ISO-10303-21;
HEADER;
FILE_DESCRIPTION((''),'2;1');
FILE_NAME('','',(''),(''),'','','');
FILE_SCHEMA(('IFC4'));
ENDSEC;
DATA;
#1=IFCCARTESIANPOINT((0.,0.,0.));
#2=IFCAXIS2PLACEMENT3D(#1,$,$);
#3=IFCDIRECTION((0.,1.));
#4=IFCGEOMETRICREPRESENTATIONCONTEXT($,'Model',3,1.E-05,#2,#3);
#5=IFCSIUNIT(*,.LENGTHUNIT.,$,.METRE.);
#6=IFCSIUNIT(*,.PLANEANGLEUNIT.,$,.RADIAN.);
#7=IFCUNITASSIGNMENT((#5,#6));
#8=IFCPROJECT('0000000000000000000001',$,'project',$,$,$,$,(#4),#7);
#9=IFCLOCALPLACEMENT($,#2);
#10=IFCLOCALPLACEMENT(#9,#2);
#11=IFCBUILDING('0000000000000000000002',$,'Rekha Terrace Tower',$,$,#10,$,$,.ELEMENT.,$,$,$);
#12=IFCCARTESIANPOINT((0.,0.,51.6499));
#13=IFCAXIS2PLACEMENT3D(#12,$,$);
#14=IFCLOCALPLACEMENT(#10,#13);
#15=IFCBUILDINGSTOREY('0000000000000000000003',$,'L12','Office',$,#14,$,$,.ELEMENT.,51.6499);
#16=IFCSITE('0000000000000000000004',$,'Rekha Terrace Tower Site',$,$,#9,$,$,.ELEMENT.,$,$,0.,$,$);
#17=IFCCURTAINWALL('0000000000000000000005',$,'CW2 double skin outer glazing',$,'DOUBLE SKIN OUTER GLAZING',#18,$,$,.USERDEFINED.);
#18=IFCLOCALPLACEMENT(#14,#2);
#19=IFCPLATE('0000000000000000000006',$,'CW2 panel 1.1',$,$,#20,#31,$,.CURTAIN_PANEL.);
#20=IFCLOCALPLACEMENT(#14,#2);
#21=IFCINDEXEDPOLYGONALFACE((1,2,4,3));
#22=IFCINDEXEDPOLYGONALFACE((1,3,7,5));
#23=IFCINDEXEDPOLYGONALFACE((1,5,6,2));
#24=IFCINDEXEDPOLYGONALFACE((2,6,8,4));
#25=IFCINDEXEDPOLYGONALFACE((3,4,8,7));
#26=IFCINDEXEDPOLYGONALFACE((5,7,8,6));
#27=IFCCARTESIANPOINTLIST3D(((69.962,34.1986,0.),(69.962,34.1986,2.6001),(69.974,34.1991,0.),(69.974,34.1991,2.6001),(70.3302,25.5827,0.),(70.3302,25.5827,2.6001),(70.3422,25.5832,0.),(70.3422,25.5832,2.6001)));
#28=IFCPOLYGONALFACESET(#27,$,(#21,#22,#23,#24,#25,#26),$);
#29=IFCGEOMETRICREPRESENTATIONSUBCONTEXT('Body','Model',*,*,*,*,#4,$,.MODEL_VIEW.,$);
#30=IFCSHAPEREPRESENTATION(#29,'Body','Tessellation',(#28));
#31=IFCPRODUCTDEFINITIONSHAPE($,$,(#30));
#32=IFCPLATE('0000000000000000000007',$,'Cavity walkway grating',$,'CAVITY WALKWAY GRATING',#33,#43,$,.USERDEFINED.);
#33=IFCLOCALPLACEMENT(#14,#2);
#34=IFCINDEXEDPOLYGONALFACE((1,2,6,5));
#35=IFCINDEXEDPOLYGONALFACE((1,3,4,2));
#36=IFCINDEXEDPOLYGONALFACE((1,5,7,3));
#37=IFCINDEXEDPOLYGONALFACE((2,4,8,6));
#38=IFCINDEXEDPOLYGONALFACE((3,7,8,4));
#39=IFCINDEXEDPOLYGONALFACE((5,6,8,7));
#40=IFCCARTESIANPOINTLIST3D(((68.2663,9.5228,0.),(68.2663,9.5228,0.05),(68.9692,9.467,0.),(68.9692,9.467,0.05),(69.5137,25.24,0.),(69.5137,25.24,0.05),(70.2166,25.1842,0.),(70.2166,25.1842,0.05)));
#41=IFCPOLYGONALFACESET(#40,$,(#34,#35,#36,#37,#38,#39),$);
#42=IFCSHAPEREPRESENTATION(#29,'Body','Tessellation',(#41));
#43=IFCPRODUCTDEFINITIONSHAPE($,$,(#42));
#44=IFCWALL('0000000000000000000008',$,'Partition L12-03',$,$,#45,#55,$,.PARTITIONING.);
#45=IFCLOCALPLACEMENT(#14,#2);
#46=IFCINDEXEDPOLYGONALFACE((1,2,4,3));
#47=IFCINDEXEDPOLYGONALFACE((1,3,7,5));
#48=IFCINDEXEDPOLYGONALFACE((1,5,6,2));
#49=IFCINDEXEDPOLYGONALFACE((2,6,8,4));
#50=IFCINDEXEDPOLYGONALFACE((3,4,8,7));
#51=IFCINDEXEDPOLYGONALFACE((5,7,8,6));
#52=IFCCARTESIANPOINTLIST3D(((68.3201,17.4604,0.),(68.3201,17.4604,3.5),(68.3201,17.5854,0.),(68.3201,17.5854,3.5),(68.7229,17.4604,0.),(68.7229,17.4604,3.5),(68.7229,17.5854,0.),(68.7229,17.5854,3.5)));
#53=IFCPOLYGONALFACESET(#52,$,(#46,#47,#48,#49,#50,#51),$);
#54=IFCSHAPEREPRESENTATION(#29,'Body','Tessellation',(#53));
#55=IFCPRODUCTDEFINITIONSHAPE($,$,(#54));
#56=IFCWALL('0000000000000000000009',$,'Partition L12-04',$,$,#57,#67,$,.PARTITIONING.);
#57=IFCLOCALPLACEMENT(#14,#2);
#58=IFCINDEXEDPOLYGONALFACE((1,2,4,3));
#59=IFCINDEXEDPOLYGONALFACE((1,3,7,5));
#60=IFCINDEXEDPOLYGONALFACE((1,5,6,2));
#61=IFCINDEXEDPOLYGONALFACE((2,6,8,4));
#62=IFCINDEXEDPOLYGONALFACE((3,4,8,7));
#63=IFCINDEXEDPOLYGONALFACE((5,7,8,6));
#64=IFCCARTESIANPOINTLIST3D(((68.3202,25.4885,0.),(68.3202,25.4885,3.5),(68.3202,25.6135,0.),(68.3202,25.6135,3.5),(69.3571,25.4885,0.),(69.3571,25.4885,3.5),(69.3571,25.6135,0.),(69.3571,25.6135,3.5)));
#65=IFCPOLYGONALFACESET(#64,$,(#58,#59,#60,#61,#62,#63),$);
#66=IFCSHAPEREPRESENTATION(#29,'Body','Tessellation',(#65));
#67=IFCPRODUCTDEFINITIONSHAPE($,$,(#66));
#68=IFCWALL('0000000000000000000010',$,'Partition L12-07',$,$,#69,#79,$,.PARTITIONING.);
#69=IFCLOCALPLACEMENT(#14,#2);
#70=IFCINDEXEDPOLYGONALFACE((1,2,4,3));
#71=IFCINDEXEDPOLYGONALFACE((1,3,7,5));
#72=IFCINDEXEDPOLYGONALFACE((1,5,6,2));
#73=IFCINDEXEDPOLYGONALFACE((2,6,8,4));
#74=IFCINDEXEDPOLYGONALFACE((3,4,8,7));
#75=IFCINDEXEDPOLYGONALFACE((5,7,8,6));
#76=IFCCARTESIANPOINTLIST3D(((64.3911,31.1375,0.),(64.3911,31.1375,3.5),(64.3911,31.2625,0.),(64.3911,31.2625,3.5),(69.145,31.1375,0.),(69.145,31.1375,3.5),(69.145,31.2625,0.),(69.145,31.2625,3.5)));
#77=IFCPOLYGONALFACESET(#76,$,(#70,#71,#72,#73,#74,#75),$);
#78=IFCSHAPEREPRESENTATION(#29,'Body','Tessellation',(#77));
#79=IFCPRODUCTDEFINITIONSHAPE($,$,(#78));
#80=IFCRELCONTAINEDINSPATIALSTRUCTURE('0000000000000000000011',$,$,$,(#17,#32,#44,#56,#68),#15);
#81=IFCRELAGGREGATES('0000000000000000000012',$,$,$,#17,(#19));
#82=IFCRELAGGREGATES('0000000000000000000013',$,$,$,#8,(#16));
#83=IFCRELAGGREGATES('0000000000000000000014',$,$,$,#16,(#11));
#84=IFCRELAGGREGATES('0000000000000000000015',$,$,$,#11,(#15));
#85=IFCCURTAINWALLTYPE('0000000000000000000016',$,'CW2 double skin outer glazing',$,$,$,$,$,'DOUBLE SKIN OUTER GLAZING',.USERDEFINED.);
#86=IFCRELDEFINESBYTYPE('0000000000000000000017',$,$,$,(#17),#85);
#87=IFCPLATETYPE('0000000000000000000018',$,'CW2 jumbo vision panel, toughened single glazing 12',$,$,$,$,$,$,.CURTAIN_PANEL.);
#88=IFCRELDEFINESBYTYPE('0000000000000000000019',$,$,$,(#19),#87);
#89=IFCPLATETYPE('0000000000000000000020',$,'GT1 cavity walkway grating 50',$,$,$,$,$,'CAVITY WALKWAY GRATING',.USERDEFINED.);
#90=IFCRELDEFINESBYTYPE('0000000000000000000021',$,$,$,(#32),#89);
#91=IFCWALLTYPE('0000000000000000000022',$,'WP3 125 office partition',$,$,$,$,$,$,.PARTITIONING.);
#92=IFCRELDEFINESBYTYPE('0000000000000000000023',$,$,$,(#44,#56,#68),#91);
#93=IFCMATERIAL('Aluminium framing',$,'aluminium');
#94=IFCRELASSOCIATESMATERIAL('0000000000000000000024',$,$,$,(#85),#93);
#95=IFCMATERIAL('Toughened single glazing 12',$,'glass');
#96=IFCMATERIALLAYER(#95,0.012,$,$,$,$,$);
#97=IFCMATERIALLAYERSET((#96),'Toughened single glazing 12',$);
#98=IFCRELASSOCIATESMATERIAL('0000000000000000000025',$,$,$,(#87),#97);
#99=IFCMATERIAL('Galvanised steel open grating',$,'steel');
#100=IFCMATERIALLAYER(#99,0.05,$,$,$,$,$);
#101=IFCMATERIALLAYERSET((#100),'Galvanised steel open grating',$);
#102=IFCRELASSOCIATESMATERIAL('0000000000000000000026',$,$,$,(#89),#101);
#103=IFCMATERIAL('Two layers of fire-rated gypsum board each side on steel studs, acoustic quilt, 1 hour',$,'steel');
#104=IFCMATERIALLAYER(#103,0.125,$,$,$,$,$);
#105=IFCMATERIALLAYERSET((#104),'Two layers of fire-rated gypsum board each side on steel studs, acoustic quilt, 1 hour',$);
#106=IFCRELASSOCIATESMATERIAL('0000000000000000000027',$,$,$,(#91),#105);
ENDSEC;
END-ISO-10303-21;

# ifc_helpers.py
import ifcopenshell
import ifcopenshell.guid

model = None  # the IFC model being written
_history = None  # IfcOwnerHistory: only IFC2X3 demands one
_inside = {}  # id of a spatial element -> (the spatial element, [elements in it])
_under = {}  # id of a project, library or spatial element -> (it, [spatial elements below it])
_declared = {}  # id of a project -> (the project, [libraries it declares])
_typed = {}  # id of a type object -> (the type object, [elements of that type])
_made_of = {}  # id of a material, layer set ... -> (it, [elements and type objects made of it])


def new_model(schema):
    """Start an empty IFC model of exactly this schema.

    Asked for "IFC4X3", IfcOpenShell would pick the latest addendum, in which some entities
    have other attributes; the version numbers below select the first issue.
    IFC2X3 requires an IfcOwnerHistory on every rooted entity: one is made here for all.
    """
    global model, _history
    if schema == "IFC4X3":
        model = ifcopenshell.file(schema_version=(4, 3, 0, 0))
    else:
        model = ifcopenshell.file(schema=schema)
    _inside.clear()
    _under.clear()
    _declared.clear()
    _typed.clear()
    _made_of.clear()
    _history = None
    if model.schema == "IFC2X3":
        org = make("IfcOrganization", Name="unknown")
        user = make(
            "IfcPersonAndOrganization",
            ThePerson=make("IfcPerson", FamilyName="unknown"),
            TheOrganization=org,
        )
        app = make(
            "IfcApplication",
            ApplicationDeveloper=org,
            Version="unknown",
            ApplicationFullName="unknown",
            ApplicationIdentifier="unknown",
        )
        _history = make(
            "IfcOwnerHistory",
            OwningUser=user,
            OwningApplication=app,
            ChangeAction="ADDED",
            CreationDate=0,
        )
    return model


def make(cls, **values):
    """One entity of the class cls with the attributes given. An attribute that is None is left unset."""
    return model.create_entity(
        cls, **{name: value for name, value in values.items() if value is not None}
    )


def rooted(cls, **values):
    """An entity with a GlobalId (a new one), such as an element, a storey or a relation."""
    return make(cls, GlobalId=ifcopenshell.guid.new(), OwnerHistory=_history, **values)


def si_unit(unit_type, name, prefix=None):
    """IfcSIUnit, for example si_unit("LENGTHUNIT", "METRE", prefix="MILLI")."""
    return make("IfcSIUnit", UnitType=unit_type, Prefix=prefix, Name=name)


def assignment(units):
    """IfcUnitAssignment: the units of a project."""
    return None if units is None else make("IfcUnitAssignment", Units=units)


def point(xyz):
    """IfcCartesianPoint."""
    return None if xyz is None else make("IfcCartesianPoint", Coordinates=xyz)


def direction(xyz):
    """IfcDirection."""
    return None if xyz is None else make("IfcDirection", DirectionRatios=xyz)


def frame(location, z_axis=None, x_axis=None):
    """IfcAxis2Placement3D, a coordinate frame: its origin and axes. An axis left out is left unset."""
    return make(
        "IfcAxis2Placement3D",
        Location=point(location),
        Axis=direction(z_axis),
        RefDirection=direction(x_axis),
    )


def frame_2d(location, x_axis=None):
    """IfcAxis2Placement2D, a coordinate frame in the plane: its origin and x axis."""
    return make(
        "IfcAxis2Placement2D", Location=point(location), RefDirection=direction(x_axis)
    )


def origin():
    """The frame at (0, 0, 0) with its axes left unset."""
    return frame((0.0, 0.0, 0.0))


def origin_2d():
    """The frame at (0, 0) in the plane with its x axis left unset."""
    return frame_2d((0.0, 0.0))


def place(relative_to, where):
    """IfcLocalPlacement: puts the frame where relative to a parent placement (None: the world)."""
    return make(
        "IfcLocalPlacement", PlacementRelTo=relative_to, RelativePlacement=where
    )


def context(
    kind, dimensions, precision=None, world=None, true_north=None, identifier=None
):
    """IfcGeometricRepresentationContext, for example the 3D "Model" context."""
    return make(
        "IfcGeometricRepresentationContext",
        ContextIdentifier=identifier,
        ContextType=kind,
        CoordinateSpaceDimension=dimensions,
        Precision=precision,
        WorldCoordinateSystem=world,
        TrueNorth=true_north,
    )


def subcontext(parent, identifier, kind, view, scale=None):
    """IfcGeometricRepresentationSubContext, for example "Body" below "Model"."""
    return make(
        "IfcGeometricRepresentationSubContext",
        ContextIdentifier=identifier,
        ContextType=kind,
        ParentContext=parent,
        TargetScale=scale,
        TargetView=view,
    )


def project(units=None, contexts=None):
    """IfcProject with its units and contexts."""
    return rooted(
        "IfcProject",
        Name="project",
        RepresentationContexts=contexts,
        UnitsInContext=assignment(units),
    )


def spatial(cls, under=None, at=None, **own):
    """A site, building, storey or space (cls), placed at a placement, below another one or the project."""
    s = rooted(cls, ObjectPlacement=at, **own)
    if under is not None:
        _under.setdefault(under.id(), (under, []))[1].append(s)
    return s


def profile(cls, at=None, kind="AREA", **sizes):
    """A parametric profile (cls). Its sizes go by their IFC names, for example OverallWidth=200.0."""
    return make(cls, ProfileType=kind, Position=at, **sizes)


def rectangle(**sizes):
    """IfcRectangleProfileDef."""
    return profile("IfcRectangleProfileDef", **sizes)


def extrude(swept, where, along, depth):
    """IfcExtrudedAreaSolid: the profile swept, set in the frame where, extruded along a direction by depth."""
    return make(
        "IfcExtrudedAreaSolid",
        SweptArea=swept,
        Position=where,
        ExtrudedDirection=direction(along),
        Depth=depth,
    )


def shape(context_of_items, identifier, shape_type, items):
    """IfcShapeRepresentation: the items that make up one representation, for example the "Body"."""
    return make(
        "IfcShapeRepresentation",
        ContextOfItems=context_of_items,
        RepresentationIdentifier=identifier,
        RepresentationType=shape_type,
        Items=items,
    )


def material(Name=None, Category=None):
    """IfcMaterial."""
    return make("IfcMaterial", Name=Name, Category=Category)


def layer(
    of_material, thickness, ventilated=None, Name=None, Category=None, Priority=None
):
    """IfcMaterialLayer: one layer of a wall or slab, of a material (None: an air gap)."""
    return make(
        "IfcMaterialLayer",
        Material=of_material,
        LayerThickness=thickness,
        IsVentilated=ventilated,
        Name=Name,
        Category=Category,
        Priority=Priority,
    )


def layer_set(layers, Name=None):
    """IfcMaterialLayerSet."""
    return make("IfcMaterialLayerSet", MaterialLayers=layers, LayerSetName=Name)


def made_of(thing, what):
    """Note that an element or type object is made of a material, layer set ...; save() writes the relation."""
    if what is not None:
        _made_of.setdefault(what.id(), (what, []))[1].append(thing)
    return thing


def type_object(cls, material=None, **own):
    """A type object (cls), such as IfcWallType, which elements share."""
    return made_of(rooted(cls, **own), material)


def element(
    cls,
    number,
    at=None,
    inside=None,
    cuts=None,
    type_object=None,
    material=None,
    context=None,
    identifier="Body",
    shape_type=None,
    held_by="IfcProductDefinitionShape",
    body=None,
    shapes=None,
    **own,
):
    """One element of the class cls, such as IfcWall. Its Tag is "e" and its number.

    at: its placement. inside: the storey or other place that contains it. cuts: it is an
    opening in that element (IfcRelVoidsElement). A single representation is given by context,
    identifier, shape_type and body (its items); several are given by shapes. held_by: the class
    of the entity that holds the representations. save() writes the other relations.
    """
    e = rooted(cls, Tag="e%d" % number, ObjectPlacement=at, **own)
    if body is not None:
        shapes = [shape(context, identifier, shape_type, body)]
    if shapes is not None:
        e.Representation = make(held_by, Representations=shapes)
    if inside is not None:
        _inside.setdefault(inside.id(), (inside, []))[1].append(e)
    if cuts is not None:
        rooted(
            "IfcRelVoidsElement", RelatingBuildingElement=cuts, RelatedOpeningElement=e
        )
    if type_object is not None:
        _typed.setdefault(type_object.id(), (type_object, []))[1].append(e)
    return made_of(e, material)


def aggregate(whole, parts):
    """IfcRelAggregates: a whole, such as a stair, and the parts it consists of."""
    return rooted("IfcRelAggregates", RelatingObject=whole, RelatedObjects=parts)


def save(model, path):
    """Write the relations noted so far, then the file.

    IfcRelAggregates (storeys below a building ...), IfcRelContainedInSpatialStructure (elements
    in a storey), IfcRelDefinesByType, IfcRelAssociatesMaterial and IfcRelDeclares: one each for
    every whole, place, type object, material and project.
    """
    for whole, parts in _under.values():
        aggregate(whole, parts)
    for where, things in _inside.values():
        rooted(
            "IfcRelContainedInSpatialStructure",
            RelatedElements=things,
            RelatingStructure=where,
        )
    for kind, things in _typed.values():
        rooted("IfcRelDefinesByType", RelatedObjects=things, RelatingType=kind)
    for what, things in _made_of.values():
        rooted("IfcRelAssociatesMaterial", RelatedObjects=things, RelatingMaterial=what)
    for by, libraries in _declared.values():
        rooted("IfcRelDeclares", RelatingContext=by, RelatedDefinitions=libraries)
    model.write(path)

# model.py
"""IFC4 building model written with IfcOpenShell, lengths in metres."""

from ifc_helpers import new_model, si_unit, direction, frame, frame_2d, origin, origin_2d, place, context, subcontext, project, spatial, rectangle, extrude, material, layer, layer_set, type_object, element, aggregate, save


model = new_model("IFC4")

# Units and contexts
model_context = context("Model", 3, precision=1e-05, world=origin(), true_north=direction((0.0, 1.0)))
body_context = subcontext(model_context, "Body", "Model", "MODEL_VIEW")
ifc_project = project(units=[si_unit("LENGTHUNIT", "METRE"), si_unit("PLANEANGLEUNIT", "RADIAN")], contexts=[model_context])

# Site, building, storey
site_placement = place(None, origin())
site = spatial("IfcSite", under=ifc_project, at=site_placement, Name="Rekha Terrace Tower Site", CompositionType="ELEMENT", RefElevation=0.0)
building_placement = place(site_placement, origin())
building = spatial("IfcBuilding", under=site, at=building_placement, Name="Rekha Terrace Tower", CompositionType="ELEMENT")
storey_placement = place(building_placement, frame((0.0, 0.0, 51.6499)))
storey = spatial("IfcBuildingStorey", under=building, at=storey_placement, Name="L12", Description="Office", CompositionType="ELEMENT", Elevation=51.6499)

# Shared definitions
ifc_material_1 = material(Name="Aluminium framing", Category="aluminium")

# Curtain wall
curtain_wall_type_1 = type_object("IfcCurtainWallType", Name="CW2 double skin outer glazing", ElementType="DOUBLE SKIN OUTER GLAZING", PredefinedType="USERDEFINED", material=ifc_material_1)
curtain_wall_1_placement = place(storey_placement, origin())
curtain_wall_1 = element("IfcCurtainWall", 1, at=curtain_wall_1_placement, inside=storey, type_object=curtain_wall_type_1, Name="CW2 double skin outer glazing", ObjectType="DOUBLE SKIN OUTER GLAZING", PredefinedType="USERDEFINED")

# Shared definitions
ifc_material_2 = material(Name="Toughened single glazing 12", Category="glass")
ifc_layer_1 = layer(ifc_material_2, 0.012)
ifc_layer_set_1 = layer_set([ifc_layer_1], Name="Toughened single glazing 12")
plate_type_1 = type_object("IfcPlateType", Name="CW2 jumbo vision panel, toughened single glazing 12", PredefinedType="CURTAIN_PANEL", material=ifc_layer_set_1)

# Plates
plate_1_placement = place(storey_placement, frame((70.1521, 29.8909, 0.0), z_axis=(0.0, 0.0, 1.0), x_axis=(-0.042696, 0.999088, 0.0)))
plate_1 = element("IfcPlate", 2, at=plate_1_placement, type_object=plate_type_1, Name="CW2 panel 1.1", PredefinedType="CURTAIN_PANEL", context=body_context, shape_type="SweptSolid", body=[
    extrude(rectangle(XDim=8.6238, YDim=0.012, at=origin_2d()), origin(), (0.0, 0.0, 1.0), 2.6001),
])
aggregate(curtain_wall_1, [plate_1])
ifc_material_3 = material(Name="Galvanised steel open grating", Category="steel")
ifc_layer_2 = layer(ifc_material_3, 0.05)
ifc_layer_set_2 = layer_set([ifc_layer_2], Name="Galvanised steel open grating")
plate_type_2 = type_object("IfcPlateType", Name="GT1 cavity walkway grating 50", ElementType="CAVITY WALKWAY GRATING", PredefinedType="USERDEFINED", material=ifc_layer_set_2)
plate_2_placement = place(storey_placement, frame((69.2415, 17.3535, 0.0), z_axis=(0.0, 0.0, 1.0), x_axis=(0.079116, 0.996865, 0.0)))
element("IfcPlate", 3, at=plate_2_placement, inside=storey, type_object=plate_type_2, Name="Cavity walkway grating", ObjectType="CAVITY WALKWAY GRATING", PredefinedType="USERDEFINED", context=body_context, shape_type="SweptSolid", body=[
    extrude(rectangle(XDim=15.7666, YDim=0.7051, at=origin_2d()), origin(), (0.0, 0.0, 1.0), 0.05),
])

# Walls
ifc_material_4 = material(Name="Two layers of fire-rated gypsum board each side on steel studs, acoustic quilt, 1 hour", Category="steel")
ifc_layer_3 = layer(ifc_material_4, 0.125)
ifc_layer_set_3 = layer_set([ifc_layer_3], Name="Two layers of fire-rated gypsum board each side on steel studs, acoustic quilt, 1 hour")
wall_type = type_object("IfcWallType", Name="WP3 125 office partition", PredefinedType="PARTITIONING", material=ifc_layer_set_3)
wall_1_placement = place(storey_placement, frame((68.3201, 17.5229, 0.0), z_axis=(0.0, 0.0, 1.0), x_axis=(1.0, 0.0, 0.0)))
element("IfcWall", 4, at=wall_1_placement, inside=storey, type_object=wall_type, Name="Partition L12-03", PredefinedType="PARTITIONING", context=body_context, shape_type="SweptSolid", body=[
    extrude(rectangle(XDim=0.4028, YDim=0.125, at=frame_2d((0.2014, 0.0))), origin(), (0.0, 0.0, 1.0), 3.5),
])
wall_2_placement = place(storey_placement, frame((68.3201, 25.551, 0.0), z_axis=(0.0, 0.0, 1.0), x_axis=(1.0, 0.0, 0.0)))
element("IfcWall", 5, at=wall_2_placement, inside=storey, type_object=wall_type, Name="Partition L12-04", PredefinedType="PARTITIONING", context=body_context, shape_type="SweptSolid", body=[
    extrude(rectangle(XDim=1.0369, YDim=0.125, at=frame_2d((0.5186, 0.0))), origin(), (0.0, 0.0, 1.0), 3.5),
])
wall_3_placement = place(storey_placement, frame((69.145, 31.2, 0.0), z_axis=(0.0, 0.0, 1.0), x_axis=(-1.0, 0.0, 0.0)))
element("IfcWall", 6, at=wall_3_placement, inside=storey, type_object=wall_type, Name="Partition L12-07", PredefinedType="PARTITIONING", context=body_context, shape_type="SweptSolid", body=[
    extrude(rectangle(XDim=4.7539, YDim=0.125, at=frame_2d((2.377, 0.0))), origin(), (0.0, 0.0, 1.0), 3.5),
])

save(model, "model.ifc")
